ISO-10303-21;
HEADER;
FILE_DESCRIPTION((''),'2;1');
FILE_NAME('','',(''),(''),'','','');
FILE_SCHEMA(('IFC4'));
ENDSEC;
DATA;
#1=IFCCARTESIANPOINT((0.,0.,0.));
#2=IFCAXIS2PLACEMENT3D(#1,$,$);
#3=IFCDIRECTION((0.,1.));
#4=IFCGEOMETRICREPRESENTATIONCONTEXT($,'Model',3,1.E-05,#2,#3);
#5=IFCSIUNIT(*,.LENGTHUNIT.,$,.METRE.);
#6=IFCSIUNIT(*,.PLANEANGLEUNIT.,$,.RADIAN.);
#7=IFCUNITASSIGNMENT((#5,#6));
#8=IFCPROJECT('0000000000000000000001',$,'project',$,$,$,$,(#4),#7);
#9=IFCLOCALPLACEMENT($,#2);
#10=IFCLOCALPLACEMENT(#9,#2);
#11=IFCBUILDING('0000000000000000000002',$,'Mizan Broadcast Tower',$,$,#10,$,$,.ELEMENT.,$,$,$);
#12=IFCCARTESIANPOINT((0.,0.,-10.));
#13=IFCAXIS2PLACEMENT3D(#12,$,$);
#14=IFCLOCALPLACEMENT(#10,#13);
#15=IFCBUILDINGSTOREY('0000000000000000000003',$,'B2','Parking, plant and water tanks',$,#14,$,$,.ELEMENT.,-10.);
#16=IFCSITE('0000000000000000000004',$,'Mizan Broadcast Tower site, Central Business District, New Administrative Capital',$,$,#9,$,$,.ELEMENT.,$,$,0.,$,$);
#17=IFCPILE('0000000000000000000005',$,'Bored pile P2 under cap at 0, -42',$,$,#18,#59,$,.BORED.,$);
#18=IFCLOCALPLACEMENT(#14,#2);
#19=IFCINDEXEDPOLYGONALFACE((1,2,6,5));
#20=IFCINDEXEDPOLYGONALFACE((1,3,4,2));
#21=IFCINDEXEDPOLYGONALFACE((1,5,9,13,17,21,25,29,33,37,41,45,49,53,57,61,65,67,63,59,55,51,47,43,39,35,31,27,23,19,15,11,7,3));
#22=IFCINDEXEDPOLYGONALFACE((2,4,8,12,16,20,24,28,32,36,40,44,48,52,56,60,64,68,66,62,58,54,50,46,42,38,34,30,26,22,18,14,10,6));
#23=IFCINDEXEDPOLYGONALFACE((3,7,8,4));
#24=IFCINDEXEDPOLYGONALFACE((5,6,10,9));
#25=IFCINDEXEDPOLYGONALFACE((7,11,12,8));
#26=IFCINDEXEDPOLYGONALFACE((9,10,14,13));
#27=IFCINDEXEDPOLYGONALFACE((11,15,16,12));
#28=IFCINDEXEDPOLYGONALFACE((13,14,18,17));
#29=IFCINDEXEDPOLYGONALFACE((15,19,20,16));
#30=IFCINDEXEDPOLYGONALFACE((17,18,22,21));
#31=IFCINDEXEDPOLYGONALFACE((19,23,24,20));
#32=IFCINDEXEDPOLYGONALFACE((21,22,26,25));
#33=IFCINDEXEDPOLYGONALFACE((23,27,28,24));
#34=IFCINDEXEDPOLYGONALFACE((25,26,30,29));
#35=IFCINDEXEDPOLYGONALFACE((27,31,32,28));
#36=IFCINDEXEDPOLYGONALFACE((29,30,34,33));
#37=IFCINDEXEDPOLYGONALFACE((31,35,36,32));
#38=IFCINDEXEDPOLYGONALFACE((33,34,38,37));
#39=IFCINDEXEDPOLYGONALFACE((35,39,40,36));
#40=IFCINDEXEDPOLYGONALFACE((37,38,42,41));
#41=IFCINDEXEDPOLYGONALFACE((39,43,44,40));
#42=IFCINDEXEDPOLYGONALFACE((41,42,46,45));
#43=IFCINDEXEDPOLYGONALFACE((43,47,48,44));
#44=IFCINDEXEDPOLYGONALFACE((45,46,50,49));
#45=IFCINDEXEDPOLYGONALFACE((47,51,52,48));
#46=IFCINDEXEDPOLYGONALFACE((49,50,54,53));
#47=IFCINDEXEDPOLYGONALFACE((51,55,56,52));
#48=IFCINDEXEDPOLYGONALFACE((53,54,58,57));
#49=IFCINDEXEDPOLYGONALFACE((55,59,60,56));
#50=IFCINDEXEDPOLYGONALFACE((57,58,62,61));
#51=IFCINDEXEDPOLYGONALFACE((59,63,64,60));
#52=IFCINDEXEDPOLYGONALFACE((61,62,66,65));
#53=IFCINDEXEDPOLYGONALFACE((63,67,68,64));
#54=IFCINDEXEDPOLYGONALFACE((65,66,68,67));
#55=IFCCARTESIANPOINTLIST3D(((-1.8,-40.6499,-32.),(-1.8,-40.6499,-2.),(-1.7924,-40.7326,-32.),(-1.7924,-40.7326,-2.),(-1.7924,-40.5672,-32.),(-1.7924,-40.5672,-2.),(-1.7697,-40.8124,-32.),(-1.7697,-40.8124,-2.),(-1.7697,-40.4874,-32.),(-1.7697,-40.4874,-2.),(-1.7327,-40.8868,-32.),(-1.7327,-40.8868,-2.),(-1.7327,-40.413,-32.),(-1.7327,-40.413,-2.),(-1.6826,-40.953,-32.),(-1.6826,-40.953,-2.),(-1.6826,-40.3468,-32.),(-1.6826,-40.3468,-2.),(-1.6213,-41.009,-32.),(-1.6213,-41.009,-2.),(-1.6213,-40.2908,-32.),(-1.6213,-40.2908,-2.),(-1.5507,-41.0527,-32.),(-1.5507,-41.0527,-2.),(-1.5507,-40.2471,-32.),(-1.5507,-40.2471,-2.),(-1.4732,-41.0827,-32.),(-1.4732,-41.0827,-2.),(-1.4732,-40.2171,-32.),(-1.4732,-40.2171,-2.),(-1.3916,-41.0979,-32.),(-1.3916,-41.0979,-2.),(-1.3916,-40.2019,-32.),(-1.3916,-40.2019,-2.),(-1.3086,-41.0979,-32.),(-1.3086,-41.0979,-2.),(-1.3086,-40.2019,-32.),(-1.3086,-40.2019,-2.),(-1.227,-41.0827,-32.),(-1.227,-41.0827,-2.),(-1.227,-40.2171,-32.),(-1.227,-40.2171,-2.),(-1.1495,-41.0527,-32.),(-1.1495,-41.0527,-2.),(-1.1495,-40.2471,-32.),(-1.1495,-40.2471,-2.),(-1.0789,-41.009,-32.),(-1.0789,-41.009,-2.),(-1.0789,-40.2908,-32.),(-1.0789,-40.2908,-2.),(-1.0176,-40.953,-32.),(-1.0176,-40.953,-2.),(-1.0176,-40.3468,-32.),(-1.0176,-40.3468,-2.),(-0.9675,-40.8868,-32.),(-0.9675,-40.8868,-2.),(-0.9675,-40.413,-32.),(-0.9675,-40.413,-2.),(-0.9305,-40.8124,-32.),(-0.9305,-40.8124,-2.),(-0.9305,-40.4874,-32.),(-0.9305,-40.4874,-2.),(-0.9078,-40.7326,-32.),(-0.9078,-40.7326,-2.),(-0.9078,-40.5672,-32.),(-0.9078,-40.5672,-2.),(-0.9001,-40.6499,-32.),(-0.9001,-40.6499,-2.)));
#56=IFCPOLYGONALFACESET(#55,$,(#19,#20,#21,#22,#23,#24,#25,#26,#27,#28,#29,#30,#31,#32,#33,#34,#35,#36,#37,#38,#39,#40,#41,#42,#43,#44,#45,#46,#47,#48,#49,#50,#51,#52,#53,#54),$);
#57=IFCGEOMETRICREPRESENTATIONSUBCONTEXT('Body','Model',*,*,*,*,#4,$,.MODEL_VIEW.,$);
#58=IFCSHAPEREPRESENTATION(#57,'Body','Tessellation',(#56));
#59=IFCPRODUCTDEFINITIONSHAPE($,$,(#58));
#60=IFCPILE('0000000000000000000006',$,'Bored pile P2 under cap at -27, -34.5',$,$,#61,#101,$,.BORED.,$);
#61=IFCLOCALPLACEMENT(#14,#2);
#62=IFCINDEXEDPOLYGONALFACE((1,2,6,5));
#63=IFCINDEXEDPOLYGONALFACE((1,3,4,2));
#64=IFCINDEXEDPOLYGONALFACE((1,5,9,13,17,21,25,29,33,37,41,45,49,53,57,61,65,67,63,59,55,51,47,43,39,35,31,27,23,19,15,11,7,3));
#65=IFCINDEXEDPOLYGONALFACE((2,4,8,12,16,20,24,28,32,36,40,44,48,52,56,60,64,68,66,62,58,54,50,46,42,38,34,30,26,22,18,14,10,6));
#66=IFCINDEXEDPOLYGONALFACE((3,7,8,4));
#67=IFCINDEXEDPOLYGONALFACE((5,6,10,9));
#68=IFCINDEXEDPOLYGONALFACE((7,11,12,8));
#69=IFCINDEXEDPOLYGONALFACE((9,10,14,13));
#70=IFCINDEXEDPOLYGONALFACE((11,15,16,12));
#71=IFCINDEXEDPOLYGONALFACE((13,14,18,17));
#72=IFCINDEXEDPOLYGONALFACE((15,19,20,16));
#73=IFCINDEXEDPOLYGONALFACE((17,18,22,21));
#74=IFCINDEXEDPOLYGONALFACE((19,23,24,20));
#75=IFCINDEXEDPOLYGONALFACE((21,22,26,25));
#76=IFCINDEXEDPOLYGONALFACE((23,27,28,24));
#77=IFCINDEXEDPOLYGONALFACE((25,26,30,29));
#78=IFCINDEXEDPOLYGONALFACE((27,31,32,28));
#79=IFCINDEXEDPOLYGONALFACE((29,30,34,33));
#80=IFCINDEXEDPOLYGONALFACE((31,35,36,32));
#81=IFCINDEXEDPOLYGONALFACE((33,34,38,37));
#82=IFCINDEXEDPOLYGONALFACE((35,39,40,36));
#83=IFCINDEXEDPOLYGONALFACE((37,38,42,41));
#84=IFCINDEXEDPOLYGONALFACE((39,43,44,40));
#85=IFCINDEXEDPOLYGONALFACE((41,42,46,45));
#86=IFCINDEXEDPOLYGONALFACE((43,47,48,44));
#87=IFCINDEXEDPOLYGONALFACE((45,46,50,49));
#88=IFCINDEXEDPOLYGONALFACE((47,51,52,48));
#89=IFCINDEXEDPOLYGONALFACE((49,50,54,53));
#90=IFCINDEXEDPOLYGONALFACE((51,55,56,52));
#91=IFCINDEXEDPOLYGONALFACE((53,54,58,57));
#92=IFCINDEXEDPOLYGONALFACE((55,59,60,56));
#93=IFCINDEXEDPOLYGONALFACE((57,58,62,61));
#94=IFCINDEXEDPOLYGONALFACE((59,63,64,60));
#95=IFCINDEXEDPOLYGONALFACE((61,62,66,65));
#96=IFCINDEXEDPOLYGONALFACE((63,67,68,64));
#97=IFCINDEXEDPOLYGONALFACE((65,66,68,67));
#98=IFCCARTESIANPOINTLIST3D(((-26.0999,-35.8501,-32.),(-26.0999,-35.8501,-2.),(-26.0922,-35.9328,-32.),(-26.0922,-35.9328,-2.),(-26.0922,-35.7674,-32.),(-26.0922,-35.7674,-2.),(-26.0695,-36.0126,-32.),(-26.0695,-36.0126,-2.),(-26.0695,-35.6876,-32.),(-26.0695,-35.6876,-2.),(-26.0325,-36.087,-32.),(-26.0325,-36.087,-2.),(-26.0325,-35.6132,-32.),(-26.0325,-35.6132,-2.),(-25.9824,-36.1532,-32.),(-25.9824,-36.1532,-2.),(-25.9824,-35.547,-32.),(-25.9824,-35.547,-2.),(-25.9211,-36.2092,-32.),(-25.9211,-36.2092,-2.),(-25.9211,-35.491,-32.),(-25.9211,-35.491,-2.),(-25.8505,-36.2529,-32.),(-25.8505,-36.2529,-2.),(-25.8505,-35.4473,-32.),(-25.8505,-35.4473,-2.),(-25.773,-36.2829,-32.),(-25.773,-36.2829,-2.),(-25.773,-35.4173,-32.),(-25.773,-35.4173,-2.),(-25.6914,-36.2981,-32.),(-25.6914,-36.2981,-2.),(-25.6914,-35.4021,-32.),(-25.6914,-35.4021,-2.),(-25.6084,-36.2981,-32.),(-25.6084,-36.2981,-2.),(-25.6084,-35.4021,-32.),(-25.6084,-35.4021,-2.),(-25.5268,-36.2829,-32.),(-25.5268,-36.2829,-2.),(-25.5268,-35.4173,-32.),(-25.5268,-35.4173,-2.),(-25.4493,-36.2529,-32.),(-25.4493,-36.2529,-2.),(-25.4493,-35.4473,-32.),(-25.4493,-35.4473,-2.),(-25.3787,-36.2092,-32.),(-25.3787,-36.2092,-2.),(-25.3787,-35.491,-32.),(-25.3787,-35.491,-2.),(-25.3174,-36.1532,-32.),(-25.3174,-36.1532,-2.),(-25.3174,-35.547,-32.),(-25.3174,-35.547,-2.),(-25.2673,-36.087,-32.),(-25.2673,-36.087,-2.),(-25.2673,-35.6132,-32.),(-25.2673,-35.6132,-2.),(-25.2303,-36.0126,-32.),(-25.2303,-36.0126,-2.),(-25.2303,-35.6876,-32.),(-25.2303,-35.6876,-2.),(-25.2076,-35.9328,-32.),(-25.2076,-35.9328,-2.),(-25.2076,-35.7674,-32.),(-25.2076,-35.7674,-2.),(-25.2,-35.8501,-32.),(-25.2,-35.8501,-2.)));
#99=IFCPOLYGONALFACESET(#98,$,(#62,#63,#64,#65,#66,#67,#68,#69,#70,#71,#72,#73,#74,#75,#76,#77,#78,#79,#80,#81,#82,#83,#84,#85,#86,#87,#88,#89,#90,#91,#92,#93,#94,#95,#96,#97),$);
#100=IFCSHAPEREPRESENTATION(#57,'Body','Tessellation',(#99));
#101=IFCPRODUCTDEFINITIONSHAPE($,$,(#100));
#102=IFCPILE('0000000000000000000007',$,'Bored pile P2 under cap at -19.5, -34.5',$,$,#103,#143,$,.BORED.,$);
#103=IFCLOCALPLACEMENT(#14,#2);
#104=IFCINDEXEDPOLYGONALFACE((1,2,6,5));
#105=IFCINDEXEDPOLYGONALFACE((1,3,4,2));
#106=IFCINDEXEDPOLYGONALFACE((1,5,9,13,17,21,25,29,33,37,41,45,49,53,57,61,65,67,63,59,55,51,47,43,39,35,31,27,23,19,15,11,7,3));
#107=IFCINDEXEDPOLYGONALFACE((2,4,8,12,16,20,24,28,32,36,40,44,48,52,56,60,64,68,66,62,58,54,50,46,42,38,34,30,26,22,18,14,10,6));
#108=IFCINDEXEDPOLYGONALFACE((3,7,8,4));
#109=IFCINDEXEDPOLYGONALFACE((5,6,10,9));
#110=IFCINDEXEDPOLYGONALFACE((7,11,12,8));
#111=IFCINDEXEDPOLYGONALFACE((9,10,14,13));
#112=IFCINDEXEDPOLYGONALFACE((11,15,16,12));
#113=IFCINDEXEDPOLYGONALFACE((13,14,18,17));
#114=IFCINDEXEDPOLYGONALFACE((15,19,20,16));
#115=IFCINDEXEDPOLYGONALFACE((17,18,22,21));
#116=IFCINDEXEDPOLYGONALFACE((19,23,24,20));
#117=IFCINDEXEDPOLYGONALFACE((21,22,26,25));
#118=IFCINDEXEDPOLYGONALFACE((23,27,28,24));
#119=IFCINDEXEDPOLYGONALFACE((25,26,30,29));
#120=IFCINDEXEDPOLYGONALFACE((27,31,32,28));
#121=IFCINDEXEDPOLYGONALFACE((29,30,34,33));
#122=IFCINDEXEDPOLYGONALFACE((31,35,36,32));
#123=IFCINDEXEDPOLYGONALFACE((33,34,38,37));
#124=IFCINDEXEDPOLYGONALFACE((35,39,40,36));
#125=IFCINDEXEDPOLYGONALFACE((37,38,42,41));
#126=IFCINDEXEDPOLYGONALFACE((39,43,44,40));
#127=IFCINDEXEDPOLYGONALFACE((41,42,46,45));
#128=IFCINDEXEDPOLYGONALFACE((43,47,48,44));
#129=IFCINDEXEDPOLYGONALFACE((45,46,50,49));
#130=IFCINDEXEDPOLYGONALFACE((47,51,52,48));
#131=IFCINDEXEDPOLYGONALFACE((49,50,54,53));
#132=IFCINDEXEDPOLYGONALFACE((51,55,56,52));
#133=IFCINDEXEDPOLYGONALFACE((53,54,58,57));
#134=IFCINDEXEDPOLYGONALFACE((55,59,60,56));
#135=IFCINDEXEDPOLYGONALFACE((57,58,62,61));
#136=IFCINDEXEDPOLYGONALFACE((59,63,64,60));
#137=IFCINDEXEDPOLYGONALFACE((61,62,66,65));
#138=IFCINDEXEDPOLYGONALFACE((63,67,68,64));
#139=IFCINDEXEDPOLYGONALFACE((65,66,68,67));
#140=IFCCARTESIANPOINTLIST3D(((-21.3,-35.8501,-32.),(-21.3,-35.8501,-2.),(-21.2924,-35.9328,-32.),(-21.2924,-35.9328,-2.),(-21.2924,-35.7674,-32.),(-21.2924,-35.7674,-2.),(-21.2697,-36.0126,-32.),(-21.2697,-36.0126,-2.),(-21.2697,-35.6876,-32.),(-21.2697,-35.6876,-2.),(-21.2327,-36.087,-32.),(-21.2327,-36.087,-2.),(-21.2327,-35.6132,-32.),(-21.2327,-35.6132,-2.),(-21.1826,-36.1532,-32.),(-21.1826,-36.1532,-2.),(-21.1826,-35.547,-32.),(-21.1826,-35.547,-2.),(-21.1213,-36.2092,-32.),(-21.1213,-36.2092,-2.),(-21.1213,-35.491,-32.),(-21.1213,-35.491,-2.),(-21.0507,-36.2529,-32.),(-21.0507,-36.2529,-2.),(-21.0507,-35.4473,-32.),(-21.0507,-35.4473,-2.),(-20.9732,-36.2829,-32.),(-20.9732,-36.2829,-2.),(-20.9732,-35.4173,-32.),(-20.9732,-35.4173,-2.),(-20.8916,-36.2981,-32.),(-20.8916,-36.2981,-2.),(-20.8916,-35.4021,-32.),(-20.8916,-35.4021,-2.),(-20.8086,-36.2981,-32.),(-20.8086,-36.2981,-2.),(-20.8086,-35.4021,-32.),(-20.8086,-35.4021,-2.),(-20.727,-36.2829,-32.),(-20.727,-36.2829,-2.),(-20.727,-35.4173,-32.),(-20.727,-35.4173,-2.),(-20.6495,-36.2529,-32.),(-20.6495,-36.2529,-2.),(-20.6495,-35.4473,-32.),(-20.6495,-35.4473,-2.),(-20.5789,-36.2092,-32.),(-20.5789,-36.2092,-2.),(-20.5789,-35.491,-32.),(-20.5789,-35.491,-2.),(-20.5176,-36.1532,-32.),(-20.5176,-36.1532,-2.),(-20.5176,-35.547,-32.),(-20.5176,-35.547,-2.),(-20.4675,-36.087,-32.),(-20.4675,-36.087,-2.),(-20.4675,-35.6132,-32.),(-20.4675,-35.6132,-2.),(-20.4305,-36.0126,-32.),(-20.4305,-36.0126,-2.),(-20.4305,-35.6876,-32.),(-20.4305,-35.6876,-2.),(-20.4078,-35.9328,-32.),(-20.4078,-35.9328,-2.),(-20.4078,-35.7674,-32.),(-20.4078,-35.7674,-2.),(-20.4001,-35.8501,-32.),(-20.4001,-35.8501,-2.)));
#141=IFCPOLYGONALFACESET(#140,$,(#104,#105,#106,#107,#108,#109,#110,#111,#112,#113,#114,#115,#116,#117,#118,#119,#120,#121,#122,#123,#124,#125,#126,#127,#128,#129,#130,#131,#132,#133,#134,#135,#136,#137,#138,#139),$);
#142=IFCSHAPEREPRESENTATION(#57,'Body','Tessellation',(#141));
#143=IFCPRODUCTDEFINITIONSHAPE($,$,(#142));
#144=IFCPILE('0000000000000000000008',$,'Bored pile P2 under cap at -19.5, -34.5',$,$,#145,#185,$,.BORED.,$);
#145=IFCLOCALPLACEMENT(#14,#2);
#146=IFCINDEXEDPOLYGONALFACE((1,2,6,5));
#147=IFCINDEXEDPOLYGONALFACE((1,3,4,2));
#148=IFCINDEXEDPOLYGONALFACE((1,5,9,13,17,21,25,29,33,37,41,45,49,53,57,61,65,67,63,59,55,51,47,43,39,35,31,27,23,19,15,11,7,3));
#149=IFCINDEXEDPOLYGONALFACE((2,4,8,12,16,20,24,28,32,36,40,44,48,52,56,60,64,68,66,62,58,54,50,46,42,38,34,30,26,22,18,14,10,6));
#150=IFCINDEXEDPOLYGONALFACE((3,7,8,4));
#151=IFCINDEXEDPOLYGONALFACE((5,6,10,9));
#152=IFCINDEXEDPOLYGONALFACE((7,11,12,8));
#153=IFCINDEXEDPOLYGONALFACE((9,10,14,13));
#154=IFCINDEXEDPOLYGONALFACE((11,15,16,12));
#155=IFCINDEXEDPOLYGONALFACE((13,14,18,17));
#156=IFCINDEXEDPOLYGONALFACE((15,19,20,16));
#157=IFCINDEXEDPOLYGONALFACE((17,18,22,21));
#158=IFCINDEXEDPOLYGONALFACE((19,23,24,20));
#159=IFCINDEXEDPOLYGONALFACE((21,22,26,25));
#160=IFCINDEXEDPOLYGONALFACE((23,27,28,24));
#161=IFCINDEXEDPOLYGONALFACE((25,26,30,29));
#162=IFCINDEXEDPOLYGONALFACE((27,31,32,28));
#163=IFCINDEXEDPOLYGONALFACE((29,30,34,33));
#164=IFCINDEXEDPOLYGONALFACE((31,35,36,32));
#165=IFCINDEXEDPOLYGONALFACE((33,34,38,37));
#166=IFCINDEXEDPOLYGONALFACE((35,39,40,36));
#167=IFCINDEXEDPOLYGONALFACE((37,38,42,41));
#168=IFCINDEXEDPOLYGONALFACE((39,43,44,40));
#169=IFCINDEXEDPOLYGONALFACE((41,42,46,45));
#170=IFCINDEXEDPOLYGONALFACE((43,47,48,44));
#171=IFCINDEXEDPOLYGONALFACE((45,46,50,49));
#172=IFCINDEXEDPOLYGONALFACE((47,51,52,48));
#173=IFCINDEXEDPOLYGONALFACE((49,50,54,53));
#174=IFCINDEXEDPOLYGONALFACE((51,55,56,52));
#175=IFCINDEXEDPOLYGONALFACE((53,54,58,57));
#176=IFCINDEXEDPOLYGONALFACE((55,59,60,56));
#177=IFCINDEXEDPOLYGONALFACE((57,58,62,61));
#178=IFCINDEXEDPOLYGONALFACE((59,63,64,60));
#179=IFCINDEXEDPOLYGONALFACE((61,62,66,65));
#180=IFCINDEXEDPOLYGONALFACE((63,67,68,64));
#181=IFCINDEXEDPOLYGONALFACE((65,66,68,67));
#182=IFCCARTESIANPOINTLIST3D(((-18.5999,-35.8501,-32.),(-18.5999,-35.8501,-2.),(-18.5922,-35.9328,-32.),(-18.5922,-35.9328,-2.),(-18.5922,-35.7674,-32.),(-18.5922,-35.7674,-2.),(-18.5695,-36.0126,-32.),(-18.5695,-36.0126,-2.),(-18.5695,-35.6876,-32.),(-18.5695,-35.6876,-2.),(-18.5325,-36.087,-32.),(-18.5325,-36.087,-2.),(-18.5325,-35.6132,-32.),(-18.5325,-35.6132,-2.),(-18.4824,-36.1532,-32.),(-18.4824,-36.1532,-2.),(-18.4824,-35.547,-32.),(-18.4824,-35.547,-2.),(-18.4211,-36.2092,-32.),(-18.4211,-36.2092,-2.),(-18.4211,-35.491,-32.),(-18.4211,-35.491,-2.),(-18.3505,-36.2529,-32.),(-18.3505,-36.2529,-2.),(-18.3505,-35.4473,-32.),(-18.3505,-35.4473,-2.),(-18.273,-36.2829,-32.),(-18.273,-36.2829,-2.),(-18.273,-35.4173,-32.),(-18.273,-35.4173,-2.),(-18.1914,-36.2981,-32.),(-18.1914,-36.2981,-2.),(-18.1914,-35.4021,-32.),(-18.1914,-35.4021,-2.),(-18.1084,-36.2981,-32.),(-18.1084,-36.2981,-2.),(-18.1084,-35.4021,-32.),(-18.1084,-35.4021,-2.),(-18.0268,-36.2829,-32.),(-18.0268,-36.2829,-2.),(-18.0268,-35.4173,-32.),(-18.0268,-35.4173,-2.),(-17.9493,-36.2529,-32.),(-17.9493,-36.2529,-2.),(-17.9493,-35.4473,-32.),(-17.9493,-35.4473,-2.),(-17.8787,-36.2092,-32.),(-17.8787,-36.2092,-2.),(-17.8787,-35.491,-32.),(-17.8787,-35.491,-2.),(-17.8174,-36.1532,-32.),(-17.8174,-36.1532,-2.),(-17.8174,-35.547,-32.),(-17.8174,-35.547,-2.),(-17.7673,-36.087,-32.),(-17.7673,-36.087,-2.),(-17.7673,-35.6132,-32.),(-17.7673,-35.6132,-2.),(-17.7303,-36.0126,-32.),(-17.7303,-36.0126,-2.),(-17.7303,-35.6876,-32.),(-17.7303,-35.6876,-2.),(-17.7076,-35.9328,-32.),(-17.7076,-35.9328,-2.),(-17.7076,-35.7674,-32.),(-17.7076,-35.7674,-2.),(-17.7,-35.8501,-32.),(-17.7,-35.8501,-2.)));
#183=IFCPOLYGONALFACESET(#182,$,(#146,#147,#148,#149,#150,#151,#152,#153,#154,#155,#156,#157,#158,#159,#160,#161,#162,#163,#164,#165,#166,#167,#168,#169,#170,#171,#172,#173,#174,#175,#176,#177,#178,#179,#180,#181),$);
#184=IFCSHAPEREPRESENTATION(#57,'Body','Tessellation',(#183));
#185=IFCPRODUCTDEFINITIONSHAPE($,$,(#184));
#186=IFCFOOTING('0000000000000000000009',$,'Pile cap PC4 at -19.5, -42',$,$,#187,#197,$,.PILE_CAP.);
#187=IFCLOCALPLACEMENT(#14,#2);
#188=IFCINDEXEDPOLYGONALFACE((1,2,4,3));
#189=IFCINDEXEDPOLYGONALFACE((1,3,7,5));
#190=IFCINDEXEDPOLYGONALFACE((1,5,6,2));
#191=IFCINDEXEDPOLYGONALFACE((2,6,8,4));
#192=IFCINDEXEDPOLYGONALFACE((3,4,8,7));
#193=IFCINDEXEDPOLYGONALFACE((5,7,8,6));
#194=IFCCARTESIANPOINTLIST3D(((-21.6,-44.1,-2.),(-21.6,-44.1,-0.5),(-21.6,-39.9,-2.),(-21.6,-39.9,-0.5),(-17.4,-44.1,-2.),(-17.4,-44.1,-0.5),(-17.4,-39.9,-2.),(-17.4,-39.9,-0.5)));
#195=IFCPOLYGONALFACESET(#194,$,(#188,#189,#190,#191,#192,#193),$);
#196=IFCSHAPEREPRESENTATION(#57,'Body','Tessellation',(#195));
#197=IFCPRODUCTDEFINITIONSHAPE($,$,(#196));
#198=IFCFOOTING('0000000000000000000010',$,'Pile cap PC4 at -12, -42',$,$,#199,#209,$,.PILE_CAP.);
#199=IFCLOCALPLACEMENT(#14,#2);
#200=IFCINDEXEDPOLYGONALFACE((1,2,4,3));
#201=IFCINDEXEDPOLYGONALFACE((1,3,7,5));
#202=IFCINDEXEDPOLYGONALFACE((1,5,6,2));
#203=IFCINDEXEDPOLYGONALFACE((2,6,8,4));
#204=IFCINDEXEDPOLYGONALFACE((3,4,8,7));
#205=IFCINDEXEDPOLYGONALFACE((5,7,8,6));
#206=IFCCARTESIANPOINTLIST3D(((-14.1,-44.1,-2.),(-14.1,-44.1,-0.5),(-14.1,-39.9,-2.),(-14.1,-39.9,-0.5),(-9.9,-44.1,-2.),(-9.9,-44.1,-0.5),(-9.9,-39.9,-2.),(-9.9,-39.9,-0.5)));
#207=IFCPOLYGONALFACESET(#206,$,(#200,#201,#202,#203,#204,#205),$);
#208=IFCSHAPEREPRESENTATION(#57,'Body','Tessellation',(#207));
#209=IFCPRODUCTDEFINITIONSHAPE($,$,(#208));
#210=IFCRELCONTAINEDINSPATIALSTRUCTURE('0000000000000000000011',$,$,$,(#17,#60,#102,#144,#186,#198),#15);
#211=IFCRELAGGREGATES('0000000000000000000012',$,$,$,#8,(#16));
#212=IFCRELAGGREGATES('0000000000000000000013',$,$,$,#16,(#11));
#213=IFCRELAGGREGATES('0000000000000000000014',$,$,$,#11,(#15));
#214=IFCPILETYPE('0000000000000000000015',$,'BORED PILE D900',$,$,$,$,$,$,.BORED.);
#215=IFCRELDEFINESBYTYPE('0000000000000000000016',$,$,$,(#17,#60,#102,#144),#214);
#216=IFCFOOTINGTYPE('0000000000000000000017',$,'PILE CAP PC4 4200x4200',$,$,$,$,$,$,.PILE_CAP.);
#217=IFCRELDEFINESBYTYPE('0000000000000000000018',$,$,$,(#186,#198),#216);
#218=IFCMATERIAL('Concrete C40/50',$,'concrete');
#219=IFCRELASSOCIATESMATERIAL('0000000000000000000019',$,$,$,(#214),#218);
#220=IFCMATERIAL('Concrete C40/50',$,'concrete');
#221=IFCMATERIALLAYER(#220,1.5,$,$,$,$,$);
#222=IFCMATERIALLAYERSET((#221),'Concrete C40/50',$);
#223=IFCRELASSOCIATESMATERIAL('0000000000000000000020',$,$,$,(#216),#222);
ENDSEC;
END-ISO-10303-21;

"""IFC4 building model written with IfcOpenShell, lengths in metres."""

from ifc_helpers import new_model, si_unit, direction, frame, origin, origin_2d, place, context, subcontext, project, spatial, rectangle, circle, extrude, material, layer, layer_set, material_profile, profile_set, type_object, element, save


model = new_model("IFC4")

# Units and contexts
model_context = context("Model", 3, precision=1e-05, world=origin(), true_north=direction((0.0, 1.0)))
body_context = subcontext(model_context, "Body", "Model", "MODEL_VIEW")
ifc_project = project(units=[si_unit("LENGTHUNIT", "METRE"), si_unit("PLANEANGLEUNIT", "RADIAN")], contexts=[model_context])

# Site, building, storey
site_placement = place(None, origin())
site = spatial("IfcSite", under=ifc_project, at=site_placement, Name="Mizan Broadcast Tower site, Central Business District, New Administrative Capital", CompositionType="ELEMENT", RefElevation=0.0)
building_placement = place(site_placement, origin())
building = spatial("IfcBuilding", under=site, at=building_placement, Name="Mizan Broadcast Tower", CompositionType="ELEMENT")
storey_placement = place(building_placement, frame((0.0, 0.0, -10.0)))
storey = spatial("IfcBuildingStorey", under=building, at=storey_placement, Name="B2", Description="Parking, plant and water tanks", CompositionType="ELEMENT", Elevation=-10.0)

# Piles
ifc_material_1 = material(Name="Concrete C40/50", Category="concrete")
ifc_material_profile_1 = material_profile(ifc_material_1, circle(Radius=0.45, at=origin_2d()), Name="D900")
ifc_profile_set_1 = profile_set([ifc_material_profile_1], Name="Concrete C40/50")
pile_type_1 = type_object("IfcPileType", Name="BORED PILE D900", PredefinedType="BORED", material=ifc_profile_set_1)
for number, where, z_axis, x_axis, name in (
    (1, (-1.3501, -40.6499, -2.0), (0.0, 0.0, -1.0), (1.0, 0.0, 0.0), "Bored pile P2 under cap at 0, -42"),
    (2, (-25.6499, -35.8501, -2.0), (0.0, 0.0, -1.0), (1.0, 0.0, 0.0), "Bored pile P2 under cap at -27, -34.5"),
    (3, (-20.8501, -35.8501, -2.0), (0.0, 0.0, -1.0), (1.0, 0.0, 0.0), "Bored pile P2 under cap at -19.5, -34.5"),
    (4, (-18.1499, -35.8501, -2.0), (0.0, 0.0, -1.0), (1.0, 0.0, 0.0), "Bored pile P2 under cap at -19.5, -34.5"),
):
    element("IfcPile", number, at=place(storey_placement, frame(where, z_axis=z_axis, x_axis=x_axis)), inside=storey, type_object=pile_type_1, Name=name, PredefinedType="BORED", context=body_context, shape_type="SweptSolid", body=[
        extrude(circle(Radius=0.45, at=origin_2d()), origin(), (0.0, 0.0, 1.0), 30.0),
    ])

# Footings
ifc_material_2 = material(Name="Concrete C40/50", Category="concrete")
ifc_layer_1 = layer(ifc_material_2, 1.5)
ifc_layer_set_1 = layer_set([ifc_layer_1], Name="Concrete C40/50")
footing_type = type_object("IfcFootingType", Name="PILE CAP PC4 4200x4200", PredefinedType="PILE_CAP", material=ifc_layer_set_1)
for number, where, z_axis, x_axis, name in (
    (5, (-19.5, -42.0, -2.0), (0.0, 0.0, 1.0), (1.0, 0.0, 0.0), "Pile cap PC4 at -19.5, -42"),
    (6, (-12.0, -42.0, -2.0), (0.0, 0.0, 1.0), (1.0, 0.0, 0.0), "Pile cap PC4 at -12, -42"),
):
    element("IfcFooting", number, at=place(storey_placement, frame(where, z_axis=z_axis, x_axis=x_axis)), inside=storey, type_object=footing_type, Name=name, PredefinedType="PILE_CAP", context=body_context, shape_type="SweptSolid", body=[
        extrude(rectangle(XDim=4.2, YDim=4.2, at=origin_2d()), origin(), (0.0, 0.0, 1.0), 1.5),
    ])

save(model, "model.ifc")
